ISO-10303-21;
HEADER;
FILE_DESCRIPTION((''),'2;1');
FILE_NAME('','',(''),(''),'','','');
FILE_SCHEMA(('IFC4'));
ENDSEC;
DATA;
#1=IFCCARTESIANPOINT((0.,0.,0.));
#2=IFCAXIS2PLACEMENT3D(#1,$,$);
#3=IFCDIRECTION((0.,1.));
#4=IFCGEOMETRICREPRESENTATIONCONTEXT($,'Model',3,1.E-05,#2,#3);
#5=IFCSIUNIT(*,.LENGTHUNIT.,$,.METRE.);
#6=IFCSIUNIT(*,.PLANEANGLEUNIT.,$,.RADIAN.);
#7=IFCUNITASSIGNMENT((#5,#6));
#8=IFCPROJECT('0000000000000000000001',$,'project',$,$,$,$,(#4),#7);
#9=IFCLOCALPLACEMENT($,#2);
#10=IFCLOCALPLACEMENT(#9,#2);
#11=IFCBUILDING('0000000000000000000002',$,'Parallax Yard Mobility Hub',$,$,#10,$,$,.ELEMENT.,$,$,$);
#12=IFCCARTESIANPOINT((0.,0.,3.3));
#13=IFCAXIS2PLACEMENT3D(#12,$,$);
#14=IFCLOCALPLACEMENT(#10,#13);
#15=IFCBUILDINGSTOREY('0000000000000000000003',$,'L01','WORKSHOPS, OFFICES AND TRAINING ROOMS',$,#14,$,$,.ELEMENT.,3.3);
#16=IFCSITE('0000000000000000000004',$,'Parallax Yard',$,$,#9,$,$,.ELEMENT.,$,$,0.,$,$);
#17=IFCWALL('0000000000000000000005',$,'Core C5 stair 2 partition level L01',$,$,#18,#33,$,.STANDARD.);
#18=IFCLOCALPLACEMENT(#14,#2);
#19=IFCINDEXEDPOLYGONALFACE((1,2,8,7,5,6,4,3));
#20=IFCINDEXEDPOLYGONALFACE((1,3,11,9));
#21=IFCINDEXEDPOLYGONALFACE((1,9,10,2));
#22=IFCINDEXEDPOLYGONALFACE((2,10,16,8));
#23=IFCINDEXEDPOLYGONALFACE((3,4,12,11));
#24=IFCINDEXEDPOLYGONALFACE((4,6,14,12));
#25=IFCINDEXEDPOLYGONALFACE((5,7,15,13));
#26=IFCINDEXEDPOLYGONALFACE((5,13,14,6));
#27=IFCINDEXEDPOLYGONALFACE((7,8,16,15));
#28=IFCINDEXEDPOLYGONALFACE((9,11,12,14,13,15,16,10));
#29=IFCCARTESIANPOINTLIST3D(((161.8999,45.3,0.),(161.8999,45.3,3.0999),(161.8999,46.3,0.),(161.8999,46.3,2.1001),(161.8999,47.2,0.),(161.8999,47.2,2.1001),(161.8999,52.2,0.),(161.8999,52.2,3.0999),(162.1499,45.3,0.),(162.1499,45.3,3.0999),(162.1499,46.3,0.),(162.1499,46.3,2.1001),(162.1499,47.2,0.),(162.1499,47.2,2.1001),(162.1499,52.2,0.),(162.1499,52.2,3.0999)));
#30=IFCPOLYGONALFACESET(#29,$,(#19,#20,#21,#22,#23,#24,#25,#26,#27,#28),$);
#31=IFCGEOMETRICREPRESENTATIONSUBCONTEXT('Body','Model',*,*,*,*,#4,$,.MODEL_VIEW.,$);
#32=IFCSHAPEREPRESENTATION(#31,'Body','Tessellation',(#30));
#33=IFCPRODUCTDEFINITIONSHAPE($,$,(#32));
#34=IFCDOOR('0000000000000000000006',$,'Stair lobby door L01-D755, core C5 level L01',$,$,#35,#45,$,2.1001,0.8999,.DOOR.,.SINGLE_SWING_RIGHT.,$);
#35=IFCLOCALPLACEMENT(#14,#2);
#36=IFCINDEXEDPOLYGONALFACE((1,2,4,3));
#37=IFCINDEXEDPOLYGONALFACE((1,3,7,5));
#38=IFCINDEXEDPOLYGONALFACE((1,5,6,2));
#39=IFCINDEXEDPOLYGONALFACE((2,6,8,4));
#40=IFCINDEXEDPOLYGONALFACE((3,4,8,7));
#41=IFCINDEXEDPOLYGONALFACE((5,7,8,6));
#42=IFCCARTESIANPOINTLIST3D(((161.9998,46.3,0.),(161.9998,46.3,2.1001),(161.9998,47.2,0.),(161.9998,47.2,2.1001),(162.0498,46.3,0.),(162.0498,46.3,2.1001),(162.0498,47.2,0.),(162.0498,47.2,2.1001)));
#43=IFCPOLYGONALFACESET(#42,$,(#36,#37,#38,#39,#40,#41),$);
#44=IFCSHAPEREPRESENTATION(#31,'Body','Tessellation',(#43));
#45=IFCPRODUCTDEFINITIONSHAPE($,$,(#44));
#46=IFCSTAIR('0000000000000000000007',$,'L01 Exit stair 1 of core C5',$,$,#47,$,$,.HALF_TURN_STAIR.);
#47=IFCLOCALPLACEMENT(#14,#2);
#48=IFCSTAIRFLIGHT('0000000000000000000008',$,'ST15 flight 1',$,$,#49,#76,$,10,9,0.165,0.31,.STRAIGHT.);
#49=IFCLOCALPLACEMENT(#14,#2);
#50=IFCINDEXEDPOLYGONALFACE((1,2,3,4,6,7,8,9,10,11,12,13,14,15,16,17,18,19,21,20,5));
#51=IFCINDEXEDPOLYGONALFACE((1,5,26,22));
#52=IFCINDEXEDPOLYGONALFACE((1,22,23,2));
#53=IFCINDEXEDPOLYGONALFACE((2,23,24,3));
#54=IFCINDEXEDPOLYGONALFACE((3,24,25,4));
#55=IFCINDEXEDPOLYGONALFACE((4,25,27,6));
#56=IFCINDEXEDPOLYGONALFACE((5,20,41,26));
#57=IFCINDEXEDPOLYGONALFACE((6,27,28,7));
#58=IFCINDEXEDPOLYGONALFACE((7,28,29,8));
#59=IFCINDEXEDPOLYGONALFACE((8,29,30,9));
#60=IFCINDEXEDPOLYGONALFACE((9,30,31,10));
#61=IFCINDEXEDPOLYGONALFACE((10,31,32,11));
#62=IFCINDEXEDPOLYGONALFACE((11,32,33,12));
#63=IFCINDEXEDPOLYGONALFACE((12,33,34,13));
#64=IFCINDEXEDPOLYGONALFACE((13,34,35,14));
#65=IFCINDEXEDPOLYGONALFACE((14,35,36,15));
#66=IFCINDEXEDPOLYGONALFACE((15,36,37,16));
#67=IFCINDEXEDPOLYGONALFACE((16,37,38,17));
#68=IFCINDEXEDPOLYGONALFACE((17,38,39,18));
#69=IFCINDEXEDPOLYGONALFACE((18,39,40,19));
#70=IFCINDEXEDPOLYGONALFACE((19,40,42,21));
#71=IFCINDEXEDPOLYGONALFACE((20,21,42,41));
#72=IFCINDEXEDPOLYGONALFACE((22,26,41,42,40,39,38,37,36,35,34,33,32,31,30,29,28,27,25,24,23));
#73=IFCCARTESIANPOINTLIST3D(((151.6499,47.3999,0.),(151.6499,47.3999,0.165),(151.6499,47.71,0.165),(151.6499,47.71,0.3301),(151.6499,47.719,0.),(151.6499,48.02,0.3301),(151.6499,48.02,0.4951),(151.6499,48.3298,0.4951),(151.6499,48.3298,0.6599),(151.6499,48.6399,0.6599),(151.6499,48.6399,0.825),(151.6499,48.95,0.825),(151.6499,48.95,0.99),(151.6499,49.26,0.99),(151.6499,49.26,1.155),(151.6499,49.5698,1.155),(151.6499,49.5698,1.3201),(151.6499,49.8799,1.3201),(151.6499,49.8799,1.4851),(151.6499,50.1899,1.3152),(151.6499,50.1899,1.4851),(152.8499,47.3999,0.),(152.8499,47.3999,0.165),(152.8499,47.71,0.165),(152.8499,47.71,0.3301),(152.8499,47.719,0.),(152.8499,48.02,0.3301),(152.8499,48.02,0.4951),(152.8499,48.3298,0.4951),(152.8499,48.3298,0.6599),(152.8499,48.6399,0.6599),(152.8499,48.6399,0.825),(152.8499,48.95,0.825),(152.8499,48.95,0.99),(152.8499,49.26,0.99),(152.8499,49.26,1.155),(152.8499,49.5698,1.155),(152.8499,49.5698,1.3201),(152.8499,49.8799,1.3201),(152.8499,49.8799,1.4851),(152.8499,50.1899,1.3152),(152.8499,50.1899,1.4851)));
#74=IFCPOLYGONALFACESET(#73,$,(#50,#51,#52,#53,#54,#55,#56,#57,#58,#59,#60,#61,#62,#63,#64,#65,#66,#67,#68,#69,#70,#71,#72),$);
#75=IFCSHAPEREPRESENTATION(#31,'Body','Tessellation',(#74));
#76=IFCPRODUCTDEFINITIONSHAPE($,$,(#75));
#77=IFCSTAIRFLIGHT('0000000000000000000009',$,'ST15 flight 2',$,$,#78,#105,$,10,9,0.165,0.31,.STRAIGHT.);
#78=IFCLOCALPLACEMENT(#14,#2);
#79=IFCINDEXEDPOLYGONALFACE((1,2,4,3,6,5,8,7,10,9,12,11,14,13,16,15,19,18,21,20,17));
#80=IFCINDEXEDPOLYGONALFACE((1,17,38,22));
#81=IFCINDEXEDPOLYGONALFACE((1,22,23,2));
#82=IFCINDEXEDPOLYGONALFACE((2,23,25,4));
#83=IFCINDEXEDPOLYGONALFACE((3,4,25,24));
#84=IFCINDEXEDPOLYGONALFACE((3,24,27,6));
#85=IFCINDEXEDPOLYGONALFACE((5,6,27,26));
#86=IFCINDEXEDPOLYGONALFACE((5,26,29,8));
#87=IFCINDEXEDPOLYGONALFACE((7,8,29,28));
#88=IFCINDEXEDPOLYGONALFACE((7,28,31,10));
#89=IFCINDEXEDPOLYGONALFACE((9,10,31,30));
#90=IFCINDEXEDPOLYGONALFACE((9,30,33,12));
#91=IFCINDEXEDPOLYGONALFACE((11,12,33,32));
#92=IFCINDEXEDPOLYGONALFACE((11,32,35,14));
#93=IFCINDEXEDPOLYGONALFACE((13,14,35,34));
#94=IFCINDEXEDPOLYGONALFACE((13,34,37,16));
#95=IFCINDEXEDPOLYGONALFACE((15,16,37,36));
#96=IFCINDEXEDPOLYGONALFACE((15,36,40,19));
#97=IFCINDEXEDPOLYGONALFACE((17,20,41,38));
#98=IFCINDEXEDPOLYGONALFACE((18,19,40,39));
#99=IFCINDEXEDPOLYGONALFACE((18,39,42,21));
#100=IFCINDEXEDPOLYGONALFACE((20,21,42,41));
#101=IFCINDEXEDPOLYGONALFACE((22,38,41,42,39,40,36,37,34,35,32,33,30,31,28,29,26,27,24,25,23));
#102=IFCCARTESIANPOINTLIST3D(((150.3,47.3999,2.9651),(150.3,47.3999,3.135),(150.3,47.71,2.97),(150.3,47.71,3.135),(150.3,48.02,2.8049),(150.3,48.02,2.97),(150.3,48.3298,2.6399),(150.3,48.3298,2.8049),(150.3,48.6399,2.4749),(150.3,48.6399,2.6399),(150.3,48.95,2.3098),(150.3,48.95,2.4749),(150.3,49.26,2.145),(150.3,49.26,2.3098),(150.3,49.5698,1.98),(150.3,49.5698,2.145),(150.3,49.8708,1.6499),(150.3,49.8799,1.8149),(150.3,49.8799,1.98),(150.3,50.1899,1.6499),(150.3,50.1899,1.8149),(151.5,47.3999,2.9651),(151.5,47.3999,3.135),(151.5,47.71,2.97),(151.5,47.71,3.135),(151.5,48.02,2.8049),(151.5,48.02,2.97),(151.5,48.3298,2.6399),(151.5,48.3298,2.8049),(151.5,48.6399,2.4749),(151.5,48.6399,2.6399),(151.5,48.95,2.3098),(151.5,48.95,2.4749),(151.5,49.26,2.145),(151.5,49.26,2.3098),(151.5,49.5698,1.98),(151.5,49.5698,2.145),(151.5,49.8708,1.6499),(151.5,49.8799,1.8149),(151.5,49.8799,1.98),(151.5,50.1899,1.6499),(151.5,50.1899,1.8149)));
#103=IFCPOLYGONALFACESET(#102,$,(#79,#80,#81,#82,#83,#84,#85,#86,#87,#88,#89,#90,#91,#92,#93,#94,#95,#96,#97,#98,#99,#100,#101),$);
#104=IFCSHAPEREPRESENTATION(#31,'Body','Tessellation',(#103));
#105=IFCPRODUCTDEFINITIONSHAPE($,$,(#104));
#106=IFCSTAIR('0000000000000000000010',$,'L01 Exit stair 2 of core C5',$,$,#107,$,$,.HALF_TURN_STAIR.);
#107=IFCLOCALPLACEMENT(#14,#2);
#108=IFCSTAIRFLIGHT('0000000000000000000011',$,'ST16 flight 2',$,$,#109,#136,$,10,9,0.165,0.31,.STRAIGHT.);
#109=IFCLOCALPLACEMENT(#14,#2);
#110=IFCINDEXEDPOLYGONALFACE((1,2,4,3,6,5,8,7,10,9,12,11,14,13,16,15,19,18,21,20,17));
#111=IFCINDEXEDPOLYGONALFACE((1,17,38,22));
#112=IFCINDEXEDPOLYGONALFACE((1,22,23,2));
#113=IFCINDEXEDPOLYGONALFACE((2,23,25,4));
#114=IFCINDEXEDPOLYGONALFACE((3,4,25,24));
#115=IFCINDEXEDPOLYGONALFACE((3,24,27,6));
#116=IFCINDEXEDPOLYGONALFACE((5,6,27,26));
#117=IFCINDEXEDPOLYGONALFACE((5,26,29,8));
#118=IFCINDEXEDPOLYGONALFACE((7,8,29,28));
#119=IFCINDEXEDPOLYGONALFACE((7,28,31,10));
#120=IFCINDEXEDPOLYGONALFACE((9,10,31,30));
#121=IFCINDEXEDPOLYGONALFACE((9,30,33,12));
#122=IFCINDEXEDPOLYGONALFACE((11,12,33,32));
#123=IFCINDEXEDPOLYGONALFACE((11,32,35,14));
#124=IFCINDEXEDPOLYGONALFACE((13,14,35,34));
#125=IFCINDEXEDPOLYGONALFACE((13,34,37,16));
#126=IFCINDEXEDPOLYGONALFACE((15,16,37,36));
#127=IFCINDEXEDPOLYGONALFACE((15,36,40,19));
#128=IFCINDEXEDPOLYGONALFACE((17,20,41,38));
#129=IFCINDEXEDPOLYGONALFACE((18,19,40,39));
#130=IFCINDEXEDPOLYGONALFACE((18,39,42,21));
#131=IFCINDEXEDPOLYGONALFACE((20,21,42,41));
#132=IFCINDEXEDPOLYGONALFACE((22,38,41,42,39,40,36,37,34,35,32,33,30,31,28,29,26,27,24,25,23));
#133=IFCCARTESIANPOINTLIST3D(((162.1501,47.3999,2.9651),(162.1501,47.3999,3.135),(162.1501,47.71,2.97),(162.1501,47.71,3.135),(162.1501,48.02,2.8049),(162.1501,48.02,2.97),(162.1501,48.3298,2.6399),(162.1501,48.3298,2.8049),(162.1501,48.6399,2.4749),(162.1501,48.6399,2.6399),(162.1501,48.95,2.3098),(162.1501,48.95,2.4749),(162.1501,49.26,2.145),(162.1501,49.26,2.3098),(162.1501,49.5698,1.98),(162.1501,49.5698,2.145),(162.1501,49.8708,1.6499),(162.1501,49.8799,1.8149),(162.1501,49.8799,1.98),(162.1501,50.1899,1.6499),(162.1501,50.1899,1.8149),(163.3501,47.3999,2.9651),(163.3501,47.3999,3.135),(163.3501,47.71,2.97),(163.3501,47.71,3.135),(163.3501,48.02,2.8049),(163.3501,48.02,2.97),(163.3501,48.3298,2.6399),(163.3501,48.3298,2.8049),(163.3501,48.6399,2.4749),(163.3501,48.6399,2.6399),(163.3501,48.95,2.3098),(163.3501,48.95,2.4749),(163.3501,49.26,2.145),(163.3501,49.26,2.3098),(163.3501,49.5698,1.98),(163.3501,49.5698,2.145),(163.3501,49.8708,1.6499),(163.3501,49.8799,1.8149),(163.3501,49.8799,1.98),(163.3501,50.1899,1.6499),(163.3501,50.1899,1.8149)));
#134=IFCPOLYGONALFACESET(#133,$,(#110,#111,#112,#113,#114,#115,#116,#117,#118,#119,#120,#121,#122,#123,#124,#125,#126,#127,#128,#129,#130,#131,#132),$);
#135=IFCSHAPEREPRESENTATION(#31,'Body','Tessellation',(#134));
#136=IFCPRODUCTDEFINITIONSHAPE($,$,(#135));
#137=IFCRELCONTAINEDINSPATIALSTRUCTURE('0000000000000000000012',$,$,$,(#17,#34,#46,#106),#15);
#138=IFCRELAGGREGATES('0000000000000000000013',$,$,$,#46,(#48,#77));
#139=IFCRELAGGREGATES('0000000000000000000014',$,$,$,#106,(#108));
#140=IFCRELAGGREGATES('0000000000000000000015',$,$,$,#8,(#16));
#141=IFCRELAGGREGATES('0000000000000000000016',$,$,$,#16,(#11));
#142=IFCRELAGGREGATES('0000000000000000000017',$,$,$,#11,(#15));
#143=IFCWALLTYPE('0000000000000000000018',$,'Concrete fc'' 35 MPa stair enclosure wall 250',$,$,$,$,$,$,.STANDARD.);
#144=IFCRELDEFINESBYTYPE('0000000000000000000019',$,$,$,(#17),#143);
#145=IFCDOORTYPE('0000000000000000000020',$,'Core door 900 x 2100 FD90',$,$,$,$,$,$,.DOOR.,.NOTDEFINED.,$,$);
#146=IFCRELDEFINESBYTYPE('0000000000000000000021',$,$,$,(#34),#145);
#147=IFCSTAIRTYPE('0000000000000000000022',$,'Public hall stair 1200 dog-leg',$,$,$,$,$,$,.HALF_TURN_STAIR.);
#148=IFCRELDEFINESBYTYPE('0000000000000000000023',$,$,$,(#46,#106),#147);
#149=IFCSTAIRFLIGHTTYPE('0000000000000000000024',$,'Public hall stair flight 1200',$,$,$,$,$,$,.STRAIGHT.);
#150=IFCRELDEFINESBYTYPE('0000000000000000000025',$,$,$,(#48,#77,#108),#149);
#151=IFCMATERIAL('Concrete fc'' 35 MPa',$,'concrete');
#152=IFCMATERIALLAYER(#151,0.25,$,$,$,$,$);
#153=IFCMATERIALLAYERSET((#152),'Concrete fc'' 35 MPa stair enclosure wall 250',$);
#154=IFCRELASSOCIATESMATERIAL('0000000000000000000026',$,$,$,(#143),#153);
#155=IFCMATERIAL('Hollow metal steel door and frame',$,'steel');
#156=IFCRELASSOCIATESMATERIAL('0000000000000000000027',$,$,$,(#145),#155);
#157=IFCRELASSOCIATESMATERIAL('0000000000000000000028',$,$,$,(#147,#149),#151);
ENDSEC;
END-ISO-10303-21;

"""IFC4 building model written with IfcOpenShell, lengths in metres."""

from ifc_helpers import new_model, si_unit, direction, frame, frame_2d, origin, place, context, subcontext, project, spatial, polyline, rectangle, outline, extrude, material, layer, layer_set, type_object, element, fill, aggregate, save


model = new_model("IFC4")

# Units and contexts
model_context = context("Model", 3, precision=1e-05, world=origin(), true_north=direction((0.0, 1.0)))
body_context = subcontext(model_context, "Body", "Model", "MODEL_VIEW")
ifc_project = project(units=[si_unit("LENGTHUNIT", "METRE"), si_unit("PLANEANGLEUNIT", "RADIAN")], contexts=[model_context])

# Site, building, storey
site_placement = place(None, origin())
site = spatial("IfcSite", under=ifc_project, at=site_placement, Name="Parallax Yard", CompositionType="ELEMENT", RefElevation=0.0)
building_placement = place(site_placement, origin())
building = spatial("IfcBuilding", under=site, at=building_placement, Name="Parallax Yard Mobility Hub", CompositionType="ELEMENT")
storey_placement = place(building_placement, frame((0.0, 0.0, 3.3)))
storey = spatial("IfcBuildingStorey", under=building, at=storey_placement, Name="L01", Description="WORKSHOPS, OFFICES AND TRAINING ROOMS", CompositionType="ELEMENT", Elevation=3.3)

# Shared definitions
ifc_material_1 = material(Name="Concrete fc' 35 MPa", Category="concrete")

# Shared definitions
ifc_material_2 = material(Name="Hollow metal steel door and frame", Category="steel")

# Wall, opening, door
ifc_layer_1 = layer(ifc_material_1, 0.25)
ifc_layer_set_1 = layer_set([ifc_layer_1], Name="Concrete fc' 35 MPa stair enclosure wall 250")
wall_type_1 = type_object("IfcWallType", Name="Concrete fc' 35 MPa stair enclosure wall 250", PredefinedType="STANDARD", material=ifc_layer_set_1)
wall_1_placement = place(storey_placement, frame((162.0249, 52.2, 0.0), z_axis=(0.0, 0.0, 1.0), x_axis=(0.0, -1.0, 0.0)))
wall_1 = element("IfcWall", 1, at=wall_1_placement, inside=storey, type_object=wall_type_1, Name="Core C5 stair 2 partition level L01", PredefinedType="STANDARD", context=body_context, shape_type="SweptSolid", body=[
    extrude(rectangle(XDim=6.8999, YDim=0.25, at=frame_2d((3.45, 0.0))), origin(), (0.0, 0.0, 1.0), 3.0999),
])
opening_1_placement = place(wall_1_placement, frame((5.0, 0.0, 0.0)))
opening_1 = element("IfcOpeningElement", 2, at=opening_1_placement, cuts=wall_1, PredefinedType="OPENING", context=body_context, shape_type="SweptSolid", body=[
    extrude(rectangle(XDim=0.8999, YDim=2.1001, at=frame_2d((0.45, 1.05))), frame((0.0, 0.135, 0.0), z_axis=(0.0, -1.0, 0.0), x_axis=(1.0, 0.0, 0.0)), (0.0, 0.0, 1.0), 0.27),
])
door_type_1 = type_object("IfcDoorType", Name="Core door 900 x 2100 FD90", OperationType="NOTDEFINED", PredefinedType="DOOR", material=ifc_material_2)
door_1_placement = place(opening_1_placement, origin())
door_1 = element("IfcDoor", 3, at=door_1_placement, inside=storey, type_object=door_type_1, Name="Stair lobby door L01-D755, core C5 level L01", OperationType="SINGLE_SWING_RIGHT", OverallHeight=2.1001, OverallWidth=0.8999, PredefinedType="DOOR", context=body_context, shape_type="SweptSolid", body=[
    extrude(rectangle(XDim=0.8999, YDim=2.1001, at=frame_2d((0.45, 1.05))), frame((0.0, 0.0249, 0.0), z_axis=(0.0, -1.0, 0.0), x_axis=(1.0, 0.0, 0.0)), (0.0, 0.0, 1.0), 0.05),
])
fill(opening_1, door_1)

# Stair, stair flights
stair_type = type_object("IfcStairType", Name="Public hall stair 1200 dog-leg", PredefinedType="HALF_TURN_STAIR", material=ifc_material_1)
stair_1_placement = place(storey_placement, origin())
stair_1 = element("IfcStair", 4, at=stair_1_placement, inside=storey, type_object=stair_type, Name="L01 Exit stair 1 of core C5", PredefinedType="HALF_TURN_STAIR")
stair_flight_type = type_object("IfcStairFlightType", Name="Public hall stair flight 1200", PredefinedType="STRAIGHT", material=ifc_material_1)
stair_flight_1_placement = place(storey_placement, frame((152.25, 47.3999, 0.0), z_axis=(0.0, 0.0, 1.0), x_axis=(0.0, 1.0, 0.0)))
stair_flight_1 = element("IfcStairFlight", 5, at=stair_flight_1_placement, type_object=stair_flight_type, Name="ST15 flight 1", NumberOfRisers=10, NumberOfTreads=9, PredefinedType="STRAIGHT", RiserHeight=0.165, TreadLength=0.31, context=body_context, shape_type="SweptSolid", body=[
    extrude(outline(polyline([(0.0, 0.0), (0.0, 0.165), (0.3101, 0.165), (0.3101, 0.3301), (0.6201, 0.3301), (0.6201, 0.4951), (0.9299, 0.4951), (0.9299, 0.6599), (1.24, 0.6599), (1.24, 0.825), (1.55, 0.825), (1.55, 0.99), (1.8601, 0.99), (1.8601, 1.155), (2.1699, 1.155), (2.1699, 1.3201), (2.48, 1.3201), (2.48, 1.4851), (2.79, 1.4851), (2.79, 1.6499), (2.79, 1.3152), (0.3191, 0.0), (0.0, 0.0)])), frame((0.0, 0.6001, 0.0), z_axis=(0.0, -1.0, 0.0), x_axis=(1.0, 0.0, 0.0)), (0.0, 0.0, 1.0), 1.2),
])
stair_flight_2_placement = place(storey_placement, frame((150.8999, 50.1899, 1.6499), z_axis=(0.0, 0.0, 1.0), x_axis=(0.0, -1.0, 0.0)))
stair_flight_2 = element("IfcStairFlight", 6, at=stair_flight_2_placement, type_object=stair_flight_type, Name="ST15 flight 2", NumberOfRisers=10, NumberOfTreads=9, PredefinedType="STRAIGHT", RiserHeight=0.165, TreadLength=0.31, context=body_context, shape_type="SweptSolid", body=[
    extrude(outline(polyline([(0.0, 0.0), (0.0, 0.165), (0.3101, 0.165), (0.3101, 0.3301), (0.6201, 0.3301), (0.6201, 0.4951), (0.9299, 0.4951), (0.9299, 0.6599), (1.24, 0.6599), (1.24, 0.825), (1.55, 0.825), (1.55, 0.99), (1.8601, 0.99), (1.8601, 1.155), (2.1699, 1.155), (2.1699, 1.3201), (2.48, 1.3201), (2.48, 1.4851), (2.79, 1.4851), (2.79, 1.6499), (2.79, 1.3152), (0.3191, 0.0), (0.0, 0.0)])), frame((0.0, 0.6001, 0.0), z_axis=(0.0, -1.0, 0.0), x_axis=(1.0, 0.0, 0.0)), (0.0, 0.0, 1.0), 1.2),
])
aggregate(stair_1, [stair_flight_1, stair_flight_2])

# Stair, stair flight
stair_2_placement = place(storey_placement, origin())
stair_2 = element("IfcStair", 7, at=stair_2_placement, inside=storey, type_object=stair_type, Name="L01 Exit stair 2 of core C5", PredefinedType="HALF_TURN_STAIR")
stair_flight_3_placement = place(storey_placement, frame((162.75, 50.1899, 1.6499), z_axis=(0.0, 0.0, 1.0), x_axis=(0.0, -1.0, 0.0)))
stair_flight_3 = element("IfcStairFlight", 8, at=stair_flight_3_placement, type_object=stair_flight_type, Name="ST16 flight 2", NumberOfRisers=10, NumberOfTreads=9, PredefinedType="STRAIGHT", RiserHeight=0.165, TreadLength=0.31, context=body_context, shape_type="SweptSolid", body=[
    extrude(outline(polyline([(0.0, 0.0), (0.0, 0.165), (0.3101, 0.165), (0.3101, 0.3301), (0.6201, 0.3301), (0.6201, 0.4951), (0.9299, 0.4951), (0.9299, 0.6599), (1.24, 0.6599), (1.24, 0.825), (1.55, 0.825), (1.55, 0.99), (1.8601, 0.99), (1.8601, 1.155), (2.1699, 1.155), (2.1699, 1.3201), (2.48, 1.3201), (2.48, 1.4851), (2.79, 1.4851), (2.79, 1.6499), (2.79, 1.3152), (0.3191, 0.0), (0.0, 0.0)])), frame((0.0, 0.6001, 0.0), z_axis=(0.0, -1.0, 0.0), x_axis=(1.0, 0.0, 0.0)), (0.0, 0.0, 1.0), 1.2),
])
aggregate(stair_2, [stair_flight_3])

save(model, "model.ifc")
